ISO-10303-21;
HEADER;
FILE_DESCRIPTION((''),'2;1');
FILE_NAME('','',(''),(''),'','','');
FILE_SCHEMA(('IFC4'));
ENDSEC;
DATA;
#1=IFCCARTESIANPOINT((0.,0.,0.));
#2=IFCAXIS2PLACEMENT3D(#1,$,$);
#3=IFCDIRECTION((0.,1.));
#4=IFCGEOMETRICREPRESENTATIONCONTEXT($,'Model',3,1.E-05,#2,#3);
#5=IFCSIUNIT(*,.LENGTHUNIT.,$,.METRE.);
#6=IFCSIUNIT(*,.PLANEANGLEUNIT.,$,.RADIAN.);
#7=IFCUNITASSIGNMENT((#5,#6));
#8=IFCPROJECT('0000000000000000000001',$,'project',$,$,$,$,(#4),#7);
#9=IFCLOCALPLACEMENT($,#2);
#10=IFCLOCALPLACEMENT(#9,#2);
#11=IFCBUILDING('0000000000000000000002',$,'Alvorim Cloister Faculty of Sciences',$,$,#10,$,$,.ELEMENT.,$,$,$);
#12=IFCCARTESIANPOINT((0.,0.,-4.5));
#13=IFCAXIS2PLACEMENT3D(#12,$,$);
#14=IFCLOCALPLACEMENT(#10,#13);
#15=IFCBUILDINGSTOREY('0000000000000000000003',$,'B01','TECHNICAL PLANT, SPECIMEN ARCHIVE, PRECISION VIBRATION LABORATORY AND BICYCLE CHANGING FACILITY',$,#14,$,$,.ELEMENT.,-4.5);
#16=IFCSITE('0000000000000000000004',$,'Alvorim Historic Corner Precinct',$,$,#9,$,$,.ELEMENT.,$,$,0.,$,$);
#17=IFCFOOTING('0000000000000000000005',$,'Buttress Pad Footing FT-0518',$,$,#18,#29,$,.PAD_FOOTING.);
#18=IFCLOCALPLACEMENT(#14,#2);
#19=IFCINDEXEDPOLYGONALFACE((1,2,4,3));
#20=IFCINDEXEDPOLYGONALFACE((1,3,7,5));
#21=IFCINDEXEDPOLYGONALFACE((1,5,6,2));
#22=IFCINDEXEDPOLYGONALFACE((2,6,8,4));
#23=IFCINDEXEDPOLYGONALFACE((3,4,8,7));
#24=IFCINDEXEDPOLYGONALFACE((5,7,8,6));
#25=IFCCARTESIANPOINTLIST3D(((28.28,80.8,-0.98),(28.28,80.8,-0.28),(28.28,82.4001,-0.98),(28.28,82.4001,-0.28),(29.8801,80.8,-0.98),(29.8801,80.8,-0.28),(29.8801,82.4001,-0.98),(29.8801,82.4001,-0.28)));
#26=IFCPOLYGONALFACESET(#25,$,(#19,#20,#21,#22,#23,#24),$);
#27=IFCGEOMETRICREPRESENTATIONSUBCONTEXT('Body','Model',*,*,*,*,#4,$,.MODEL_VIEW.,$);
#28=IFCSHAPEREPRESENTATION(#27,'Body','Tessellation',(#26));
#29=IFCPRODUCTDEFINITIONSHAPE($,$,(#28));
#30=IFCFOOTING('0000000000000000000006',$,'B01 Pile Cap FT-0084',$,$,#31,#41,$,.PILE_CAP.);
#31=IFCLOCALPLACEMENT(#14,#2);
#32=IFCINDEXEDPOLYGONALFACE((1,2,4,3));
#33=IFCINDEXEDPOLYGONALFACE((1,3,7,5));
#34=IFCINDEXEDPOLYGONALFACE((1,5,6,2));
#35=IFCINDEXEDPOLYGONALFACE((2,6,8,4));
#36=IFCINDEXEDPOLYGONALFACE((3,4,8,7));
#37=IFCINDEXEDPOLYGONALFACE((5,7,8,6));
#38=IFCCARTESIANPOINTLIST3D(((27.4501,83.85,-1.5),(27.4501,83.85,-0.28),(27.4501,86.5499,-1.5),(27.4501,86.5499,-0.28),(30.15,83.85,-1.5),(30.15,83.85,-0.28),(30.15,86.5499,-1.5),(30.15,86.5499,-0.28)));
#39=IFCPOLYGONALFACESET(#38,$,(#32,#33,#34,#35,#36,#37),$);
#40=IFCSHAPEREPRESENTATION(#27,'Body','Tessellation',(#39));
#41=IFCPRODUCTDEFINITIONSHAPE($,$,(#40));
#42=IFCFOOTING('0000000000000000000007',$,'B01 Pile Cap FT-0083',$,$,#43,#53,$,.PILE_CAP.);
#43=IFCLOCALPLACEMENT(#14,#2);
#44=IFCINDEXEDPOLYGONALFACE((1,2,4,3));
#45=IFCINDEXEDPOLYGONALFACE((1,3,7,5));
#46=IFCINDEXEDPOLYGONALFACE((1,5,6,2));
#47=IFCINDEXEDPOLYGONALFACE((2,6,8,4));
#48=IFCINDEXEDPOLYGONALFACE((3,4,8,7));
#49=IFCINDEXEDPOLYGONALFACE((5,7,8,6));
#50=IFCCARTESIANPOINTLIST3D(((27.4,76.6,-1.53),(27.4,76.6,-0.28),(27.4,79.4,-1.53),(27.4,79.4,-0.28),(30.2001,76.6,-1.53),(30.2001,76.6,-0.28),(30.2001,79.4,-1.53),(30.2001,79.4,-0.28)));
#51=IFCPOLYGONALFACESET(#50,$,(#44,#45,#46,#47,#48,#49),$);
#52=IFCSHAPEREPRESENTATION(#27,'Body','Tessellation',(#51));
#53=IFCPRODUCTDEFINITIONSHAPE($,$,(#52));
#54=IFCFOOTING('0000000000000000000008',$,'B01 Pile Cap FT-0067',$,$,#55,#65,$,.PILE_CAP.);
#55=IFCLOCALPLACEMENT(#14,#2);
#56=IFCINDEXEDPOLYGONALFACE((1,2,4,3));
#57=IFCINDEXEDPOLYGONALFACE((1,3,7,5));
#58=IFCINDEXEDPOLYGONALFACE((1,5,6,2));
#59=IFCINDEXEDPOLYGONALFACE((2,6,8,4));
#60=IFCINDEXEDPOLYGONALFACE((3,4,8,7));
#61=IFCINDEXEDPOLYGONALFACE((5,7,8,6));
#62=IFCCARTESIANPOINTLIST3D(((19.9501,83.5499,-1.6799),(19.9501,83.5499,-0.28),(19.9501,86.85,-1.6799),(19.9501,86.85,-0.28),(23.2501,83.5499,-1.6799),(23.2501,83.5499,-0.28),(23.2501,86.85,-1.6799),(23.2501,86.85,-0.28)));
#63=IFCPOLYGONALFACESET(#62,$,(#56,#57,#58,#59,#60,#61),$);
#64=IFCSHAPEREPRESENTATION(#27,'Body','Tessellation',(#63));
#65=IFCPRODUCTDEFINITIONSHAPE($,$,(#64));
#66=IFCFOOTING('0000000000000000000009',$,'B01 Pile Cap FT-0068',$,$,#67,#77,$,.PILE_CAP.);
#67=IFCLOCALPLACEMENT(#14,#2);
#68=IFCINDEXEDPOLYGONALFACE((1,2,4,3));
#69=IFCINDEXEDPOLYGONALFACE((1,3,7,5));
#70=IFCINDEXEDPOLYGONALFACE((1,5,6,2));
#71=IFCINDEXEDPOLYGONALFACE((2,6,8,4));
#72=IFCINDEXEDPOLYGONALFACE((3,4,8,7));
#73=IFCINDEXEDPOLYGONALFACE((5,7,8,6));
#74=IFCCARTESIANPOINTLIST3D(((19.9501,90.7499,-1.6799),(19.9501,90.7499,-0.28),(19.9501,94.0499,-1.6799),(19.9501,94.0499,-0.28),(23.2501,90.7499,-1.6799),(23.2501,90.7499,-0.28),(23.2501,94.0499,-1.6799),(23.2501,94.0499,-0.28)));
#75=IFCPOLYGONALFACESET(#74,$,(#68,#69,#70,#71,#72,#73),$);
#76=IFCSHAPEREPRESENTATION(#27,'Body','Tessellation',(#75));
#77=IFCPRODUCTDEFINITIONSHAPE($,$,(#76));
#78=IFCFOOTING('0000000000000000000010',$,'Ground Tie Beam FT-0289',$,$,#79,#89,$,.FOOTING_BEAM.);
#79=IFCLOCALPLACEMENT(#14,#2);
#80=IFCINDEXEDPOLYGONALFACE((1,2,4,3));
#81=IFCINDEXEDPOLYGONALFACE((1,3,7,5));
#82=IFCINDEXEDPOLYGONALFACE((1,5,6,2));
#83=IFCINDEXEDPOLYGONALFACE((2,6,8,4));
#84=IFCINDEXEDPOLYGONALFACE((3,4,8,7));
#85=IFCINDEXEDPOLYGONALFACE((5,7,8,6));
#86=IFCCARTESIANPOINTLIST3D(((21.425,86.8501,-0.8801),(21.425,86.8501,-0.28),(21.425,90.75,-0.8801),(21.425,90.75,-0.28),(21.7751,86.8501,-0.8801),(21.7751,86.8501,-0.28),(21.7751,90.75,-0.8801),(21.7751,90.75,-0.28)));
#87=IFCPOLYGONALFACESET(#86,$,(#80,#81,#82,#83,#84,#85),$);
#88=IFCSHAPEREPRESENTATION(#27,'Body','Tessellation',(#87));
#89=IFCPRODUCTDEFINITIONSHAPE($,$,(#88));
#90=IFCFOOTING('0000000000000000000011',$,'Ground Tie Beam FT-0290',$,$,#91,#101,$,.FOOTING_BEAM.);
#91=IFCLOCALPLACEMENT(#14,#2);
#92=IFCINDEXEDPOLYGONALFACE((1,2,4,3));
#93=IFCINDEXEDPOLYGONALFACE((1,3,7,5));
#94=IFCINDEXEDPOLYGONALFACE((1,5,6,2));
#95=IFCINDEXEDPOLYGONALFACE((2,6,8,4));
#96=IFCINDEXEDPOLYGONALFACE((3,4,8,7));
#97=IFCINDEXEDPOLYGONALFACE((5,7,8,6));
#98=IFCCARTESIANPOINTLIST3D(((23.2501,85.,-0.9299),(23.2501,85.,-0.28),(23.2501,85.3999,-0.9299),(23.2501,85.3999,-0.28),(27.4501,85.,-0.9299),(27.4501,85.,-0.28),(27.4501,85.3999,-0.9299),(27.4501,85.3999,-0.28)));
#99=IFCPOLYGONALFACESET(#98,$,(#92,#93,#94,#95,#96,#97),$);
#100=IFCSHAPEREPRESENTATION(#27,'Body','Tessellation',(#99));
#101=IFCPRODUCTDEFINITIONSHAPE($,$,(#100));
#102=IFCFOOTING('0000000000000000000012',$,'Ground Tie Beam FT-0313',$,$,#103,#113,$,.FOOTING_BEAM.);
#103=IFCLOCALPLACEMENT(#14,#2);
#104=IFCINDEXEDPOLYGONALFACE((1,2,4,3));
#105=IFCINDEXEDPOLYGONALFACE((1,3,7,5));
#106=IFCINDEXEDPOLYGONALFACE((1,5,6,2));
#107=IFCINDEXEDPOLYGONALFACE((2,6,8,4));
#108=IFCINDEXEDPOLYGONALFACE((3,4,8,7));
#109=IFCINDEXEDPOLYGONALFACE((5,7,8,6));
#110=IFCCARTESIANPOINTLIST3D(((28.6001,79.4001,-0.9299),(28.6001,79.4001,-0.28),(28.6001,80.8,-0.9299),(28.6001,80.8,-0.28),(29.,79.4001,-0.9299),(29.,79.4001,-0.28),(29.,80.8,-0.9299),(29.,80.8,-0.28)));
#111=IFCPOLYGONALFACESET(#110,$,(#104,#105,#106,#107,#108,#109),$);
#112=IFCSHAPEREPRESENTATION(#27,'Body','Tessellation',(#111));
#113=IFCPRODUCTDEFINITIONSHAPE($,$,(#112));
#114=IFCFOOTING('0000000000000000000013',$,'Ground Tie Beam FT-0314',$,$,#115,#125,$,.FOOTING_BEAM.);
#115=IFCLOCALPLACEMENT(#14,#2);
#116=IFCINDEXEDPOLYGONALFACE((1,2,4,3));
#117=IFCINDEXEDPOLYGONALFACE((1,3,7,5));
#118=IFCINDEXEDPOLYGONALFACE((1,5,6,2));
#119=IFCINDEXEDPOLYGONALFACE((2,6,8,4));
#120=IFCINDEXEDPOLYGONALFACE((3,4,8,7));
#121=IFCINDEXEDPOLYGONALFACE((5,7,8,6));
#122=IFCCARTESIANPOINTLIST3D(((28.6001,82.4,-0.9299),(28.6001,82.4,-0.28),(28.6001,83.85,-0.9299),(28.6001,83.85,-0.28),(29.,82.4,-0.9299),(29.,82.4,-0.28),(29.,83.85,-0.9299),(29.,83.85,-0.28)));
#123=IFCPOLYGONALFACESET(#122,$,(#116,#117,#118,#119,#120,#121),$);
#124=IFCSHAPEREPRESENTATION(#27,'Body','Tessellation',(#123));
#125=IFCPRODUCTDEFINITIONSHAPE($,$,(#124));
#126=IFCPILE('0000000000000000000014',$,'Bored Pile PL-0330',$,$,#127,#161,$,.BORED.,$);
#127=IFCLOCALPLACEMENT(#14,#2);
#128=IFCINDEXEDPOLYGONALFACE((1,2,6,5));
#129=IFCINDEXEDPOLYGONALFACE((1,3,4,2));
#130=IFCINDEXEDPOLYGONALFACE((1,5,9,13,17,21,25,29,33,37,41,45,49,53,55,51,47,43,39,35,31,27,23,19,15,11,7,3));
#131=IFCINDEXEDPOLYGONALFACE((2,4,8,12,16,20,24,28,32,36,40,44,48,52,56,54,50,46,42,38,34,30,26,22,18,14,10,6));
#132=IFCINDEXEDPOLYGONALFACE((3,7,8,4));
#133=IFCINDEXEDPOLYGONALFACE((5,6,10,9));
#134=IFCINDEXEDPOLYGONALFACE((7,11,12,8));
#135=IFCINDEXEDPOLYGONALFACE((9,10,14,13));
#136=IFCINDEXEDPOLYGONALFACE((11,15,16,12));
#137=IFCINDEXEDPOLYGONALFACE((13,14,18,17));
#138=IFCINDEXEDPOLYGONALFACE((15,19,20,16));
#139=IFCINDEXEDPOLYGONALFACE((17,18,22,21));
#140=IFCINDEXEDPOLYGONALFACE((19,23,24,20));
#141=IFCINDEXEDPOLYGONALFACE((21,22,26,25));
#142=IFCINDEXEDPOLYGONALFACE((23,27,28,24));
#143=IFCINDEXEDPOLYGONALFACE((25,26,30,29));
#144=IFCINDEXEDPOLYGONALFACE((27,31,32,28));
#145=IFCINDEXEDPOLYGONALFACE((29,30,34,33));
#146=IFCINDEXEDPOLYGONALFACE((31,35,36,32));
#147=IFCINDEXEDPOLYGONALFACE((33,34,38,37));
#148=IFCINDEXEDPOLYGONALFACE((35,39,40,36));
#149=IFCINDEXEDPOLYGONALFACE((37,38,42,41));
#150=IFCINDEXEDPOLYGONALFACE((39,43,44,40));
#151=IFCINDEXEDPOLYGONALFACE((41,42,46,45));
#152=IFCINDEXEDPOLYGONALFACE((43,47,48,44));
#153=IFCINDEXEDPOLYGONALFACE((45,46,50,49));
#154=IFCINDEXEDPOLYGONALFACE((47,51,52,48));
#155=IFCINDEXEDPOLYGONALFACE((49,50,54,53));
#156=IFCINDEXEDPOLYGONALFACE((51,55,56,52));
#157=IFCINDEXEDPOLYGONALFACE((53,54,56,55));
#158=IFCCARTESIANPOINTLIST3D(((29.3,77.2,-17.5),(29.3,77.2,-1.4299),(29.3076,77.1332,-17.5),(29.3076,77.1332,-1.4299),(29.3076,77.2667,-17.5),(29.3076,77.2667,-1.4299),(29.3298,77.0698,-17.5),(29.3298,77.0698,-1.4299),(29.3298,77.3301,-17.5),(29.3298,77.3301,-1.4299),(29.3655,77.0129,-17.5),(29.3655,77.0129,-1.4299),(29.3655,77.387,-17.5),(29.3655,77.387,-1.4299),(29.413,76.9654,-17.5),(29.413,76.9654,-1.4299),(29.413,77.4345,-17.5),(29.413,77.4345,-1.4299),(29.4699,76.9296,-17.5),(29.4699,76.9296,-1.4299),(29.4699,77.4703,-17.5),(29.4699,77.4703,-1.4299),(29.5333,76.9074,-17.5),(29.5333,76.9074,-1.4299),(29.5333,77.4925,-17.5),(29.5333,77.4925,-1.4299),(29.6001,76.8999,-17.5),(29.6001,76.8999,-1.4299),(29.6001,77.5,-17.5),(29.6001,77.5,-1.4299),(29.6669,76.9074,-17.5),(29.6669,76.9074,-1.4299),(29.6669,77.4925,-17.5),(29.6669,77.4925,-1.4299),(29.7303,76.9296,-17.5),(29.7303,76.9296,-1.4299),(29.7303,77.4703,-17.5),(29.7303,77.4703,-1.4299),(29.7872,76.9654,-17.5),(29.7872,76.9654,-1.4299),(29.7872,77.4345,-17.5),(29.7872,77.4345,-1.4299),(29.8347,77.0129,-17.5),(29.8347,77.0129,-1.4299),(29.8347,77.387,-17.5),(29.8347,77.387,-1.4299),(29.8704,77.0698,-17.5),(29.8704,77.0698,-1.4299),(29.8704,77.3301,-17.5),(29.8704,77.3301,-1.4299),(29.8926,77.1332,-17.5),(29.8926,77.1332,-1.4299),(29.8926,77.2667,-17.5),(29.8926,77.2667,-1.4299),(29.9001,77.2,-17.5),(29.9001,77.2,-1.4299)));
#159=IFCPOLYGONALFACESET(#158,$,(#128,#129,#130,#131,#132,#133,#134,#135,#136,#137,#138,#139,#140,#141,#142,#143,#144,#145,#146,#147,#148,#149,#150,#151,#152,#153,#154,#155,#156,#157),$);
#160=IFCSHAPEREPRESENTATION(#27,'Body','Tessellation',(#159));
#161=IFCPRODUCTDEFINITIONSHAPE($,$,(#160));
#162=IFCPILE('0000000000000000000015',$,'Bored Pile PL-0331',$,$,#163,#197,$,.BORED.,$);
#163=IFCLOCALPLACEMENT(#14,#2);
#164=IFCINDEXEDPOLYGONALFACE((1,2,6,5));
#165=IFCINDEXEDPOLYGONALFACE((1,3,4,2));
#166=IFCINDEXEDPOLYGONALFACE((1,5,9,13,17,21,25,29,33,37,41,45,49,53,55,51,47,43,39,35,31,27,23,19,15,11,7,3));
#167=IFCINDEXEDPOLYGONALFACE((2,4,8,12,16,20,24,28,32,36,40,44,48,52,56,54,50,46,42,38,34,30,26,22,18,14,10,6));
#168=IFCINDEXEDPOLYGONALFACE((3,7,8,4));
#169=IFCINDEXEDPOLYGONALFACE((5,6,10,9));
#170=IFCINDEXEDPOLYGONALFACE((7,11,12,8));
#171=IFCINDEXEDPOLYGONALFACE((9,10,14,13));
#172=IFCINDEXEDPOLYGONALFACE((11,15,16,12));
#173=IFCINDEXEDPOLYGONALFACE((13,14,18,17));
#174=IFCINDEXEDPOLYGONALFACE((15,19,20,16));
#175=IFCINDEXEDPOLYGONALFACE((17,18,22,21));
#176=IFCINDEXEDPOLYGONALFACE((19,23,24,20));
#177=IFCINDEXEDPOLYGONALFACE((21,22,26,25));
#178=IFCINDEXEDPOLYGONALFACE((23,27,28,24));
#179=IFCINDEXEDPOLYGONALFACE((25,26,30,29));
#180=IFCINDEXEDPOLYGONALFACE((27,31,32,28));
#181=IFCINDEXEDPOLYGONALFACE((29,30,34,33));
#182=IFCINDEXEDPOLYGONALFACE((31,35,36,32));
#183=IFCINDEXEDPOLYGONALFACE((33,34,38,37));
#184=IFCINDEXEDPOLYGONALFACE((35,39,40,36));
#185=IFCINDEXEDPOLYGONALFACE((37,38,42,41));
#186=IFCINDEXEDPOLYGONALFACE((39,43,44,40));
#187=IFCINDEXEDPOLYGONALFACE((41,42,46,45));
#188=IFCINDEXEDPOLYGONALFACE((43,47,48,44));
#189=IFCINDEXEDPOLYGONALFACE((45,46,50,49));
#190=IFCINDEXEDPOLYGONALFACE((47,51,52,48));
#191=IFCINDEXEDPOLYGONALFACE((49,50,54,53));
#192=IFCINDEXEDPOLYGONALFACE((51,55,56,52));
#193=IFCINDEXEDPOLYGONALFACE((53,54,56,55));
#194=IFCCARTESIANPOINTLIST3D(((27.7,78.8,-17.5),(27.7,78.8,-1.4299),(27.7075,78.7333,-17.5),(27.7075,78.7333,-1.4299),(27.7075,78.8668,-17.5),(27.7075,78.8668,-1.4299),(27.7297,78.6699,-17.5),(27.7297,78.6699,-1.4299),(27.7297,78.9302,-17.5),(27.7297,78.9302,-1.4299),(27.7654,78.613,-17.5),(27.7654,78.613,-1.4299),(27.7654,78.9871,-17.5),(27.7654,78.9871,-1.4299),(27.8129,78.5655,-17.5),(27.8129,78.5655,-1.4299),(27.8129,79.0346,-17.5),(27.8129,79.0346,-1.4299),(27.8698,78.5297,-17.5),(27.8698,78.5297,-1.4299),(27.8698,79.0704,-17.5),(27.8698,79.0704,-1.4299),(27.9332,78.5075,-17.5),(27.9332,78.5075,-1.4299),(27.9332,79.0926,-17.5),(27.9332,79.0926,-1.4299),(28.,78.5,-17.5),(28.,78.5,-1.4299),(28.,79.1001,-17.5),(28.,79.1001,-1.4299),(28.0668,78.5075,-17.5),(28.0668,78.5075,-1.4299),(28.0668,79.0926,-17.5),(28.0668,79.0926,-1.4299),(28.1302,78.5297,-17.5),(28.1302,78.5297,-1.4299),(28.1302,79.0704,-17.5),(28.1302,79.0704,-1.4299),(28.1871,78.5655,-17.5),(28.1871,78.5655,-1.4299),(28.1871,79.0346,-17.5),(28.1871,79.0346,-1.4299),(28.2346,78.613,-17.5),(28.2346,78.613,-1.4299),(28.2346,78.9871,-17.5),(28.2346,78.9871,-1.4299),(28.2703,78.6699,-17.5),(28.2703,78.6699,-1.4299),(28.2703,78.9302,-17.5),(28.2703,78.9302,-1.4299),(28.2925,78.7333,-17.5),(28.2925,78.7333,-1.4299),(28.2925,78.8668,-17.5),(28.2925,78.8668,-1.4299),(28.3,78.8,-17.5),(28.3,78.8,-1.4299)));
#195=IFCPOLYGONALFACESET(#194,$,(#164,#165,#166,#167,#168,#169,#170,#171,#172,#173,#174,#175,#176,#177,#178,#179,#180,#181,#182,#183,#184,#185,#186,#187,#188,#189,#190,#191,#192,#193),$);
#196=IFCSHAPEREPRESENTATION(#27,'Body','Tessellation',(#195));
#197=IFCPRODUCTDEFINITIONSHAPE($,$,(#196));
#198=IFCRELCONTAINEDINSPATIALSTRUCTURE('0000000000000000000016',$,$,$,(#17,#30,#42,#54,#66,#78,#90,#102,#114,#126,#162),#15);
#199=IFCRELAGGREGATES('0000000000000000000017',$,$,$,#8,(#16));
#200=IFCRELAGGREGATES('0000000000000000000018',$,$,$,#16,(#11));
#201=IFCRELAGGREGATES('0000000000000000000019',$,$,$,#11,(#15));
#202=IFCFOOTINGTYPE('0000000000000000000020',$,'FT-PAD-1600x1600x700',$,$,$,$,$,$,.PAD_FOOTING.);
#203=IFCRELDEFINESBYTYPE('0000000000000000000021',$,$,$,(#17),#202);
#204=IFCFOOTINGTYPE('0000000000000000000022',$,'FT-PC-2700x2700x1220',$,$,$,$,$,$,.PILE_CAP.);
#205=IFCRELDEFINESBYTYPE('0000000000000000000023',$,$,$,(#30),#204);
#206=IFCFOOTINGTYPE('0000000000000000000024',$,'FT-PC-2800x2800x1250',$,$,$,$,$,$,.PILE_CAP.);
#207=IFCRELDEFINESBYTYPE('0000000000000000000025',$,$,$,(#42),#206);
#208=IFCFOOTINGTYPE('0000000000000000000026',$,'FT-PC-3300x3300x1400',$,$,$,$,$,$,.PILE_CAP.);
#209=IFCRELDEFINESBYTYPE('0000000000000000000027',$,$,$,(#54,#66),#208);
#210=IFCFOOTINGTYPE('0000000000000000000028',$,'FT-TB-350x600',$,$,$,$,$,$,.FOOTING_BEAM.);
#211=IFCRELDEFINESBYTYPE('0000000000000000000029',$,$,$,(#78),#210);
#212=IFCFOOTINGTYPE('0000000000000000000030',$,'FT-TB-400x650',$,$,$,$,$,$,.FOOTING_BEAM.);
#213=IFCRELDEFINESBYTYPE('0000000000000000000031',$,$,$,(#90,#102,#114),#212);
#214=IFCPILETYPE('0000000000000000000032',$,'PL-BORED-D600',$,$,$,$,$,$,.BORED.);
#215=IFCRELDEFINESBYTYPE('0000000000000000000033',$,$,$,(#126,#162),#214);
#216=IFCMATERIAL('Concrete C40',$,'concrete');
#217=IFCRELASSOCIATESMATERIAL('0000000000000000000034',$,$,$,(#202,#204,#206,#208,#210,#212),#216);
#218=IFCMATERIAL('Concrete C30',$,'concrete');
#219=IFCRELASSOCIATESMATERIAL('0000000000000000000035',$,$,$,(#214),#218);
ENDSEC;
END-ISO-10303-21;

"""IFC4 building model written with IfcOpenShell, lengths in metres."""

from ifc_helpers import new_model, si_unit, direction, frame, origin, origin_2d, place, context, subcontext, project, spatial, rectangle, circle, extrude, material, material_profile, profile_set, type_object, element, save


model = new_model("IFC4")

# Units and contexts
model_context = context("Model", 3, precision=1e-05, world=origin(), true_north=direction((0.0, 1.0)))
body_context = subcontext(model_context, "Body", "Model", "MODEL_VIEW")
ifc_project = project(units=[si_unit("LENGTHUNIT", "METRE"), si_unit("PLANEANGLEUNIT", "RADIAN")], contexts=[model_context])

# Site, building, storey
site_placement = place(None, origin())
site = spatial("IfcSite", under=ifc_project, at=site_placement, Name="Alvorim Historic Corner Precinct", CompositionType="ELEMENT", RefElevation=0.0)
building_placement = place(site_placement, origin())
building = spatial("IfcBuilding", under=site, at=building_placement, Name="Alvorim Cloister Faculty of Sciences", CompositionType="ELEMENT")
storey_placement = place(building_placement, frame((0.0, 0.0, -4.5)))
storey = spatial("IfcBuildingStorey", under=building, at=storey_placement, Name="B01", Description="TECHNICAL PLANT, SPECIMEN ARCHIVE, PRECISION VIBRATION LABORATORY AND BICYCLE CHANGING FACILITY", CompositionType="ELEMENT", Elevation=-4.5)

# Footings
ifc_material_1 = material(Name="Concrete C40", Category="concrete")
footing_type_1 = type_object("IfcFootingType", Name="FT-PAD-1600x1600x700", PredefinedType="PAD_FOOTING", material=ifc_material_1)
footing_1_placement = place(storey_placement, frame((29.0801, 81.6001, -0.98), z_axis=(0.0, 0.0, 1.0), x_axis=(1.0, 0.0, 0.0)))
element("IfcFooting", 1, at=footing_1_placement, inside=storey, type_object=footing_type_1, Name="Buttress Pad Footing FT-0518", PredefinedType="PAD_FOOTING", context=body_context, shape_type="SweptSolid", body=[
    extrude(rectangle(XDim=1.6001, YDim=1.6001, at=origin_2d()), origin(), (0.0, 0.0, 1.0), 0.7),
])
footing_type_2 = type_object("IfcFootingType", Name="FT-PC-2700x2700x1220", PredefinedType="PILE_CAP", material=ifc_material_1)
footing_2_placement = place(storey_placement, frame((28.8, 85.2, -1.5), z_axis=(0.0, 0.0, 1.0), x_axis=(1.0, 0.0, 0.0)))
element("IfcFooting", 2, at=footing_2_placement, inside=storey, type_object=footing_type_2, Name="B01 Pile Cap FT-0084", PredefinedType="PILE_CAP", context=body_context, shape_type="SweptSolid", body=[
    extrude(rectangle(XDim=2.7, YDim=2.7, at=origin_2d()), origin(), (0.0, 0.0, 1.0), 1.22),
])
footing_type_3 = type_object("IfcFootingType", Name="FT-PC-2800x2800x1250", PredefinedType="PILE_CAP", material=ifc_material_1)
footing_3_placement = place(storey_placement, frame((28.8, 78.0, -1.53), z_axis=(0.0, 0.0, 1.0), x_axis=(1.0, 0.0, 0.0)))
element("IfcFooting", 3, at=footing_3_placement, inside=storey, type_object=footing_type_3, Name="B01 Pile Cap FT-0083", PredefinedType="PILE_CAP", context=body_context, shape_type="SweptSolid", body=[
    extrude(rectangle(XDim=2.8, YDim=2.8, at=origin_2d()), origin(), (0.0, 0.0, 1.0), 1.25),
])
footing_type_4 = type_object("IfcFootingType", Name="FT-PC-3300x3300x1400", PredefinedType="PILE_CAP", material=ifc_material_1)
for number, where, z_axis, x_axis, name in (
    (4, (21.6001, 85.2, -1.6799), (0.0, 0.0, 1.0), (1.0, 0.0, 0.0), "B01 Pile Cap FT-0067"),
    (5, (21.6001, 92.3999, -1.6799), (0.0, 0.0, 1.0), (1.0, 0.0, 0.0), "B01 Pile Cap FT-0068"),
):
    element("IfcFooting", number, at=place(storey_placement, frame(where, z_axis=z_axis, x_axis=x_axis)), inside=storey, type_object=footing_type_4, Name=name, PredefinedType="PILE_CAP", context=body_context, shape_type="SweptSolid", body=[
        extrude(rectangle(XDim=3.3, YDim=3.3, at=origin_2d()), origin(), (0.0, 0.0, 1.0), 1.3999),
    ])
footing_type_5 = type_object("IfcFootingType", Name="FT-TB-350x600", PredefinedType="FOOTING_BEAM", material=ifc_material_1)
footing_4_placement = place(storey_placement, frame((21.6001, 88.8, -0.8801), z_axis=(0.0, 0.0, 1.0), x_axis=(1.0, 0.0, 0.0)))
element("IfcFooting", 6, at=footing_4_placement, inside=storey, type_object=footing_type_5, Name="Ground Tie Beam FT-0289", PredefinedType="FOOTING_BEAM", context=body_context, shape_type="SweptSolid", body=[
    extrude(rectangle(XDim=0.3501, YDim=3.8999, at=origin_2d()), origin(), (0.0, 0.0, 1.0), 0.6001),
])
footing_type_6 = type_object("IfcFootingType", Name="FT-TB-400x650", PredefinedType="FOOTING_BEAM", material=ifc_material_1)
footing_5_placement = place(storey_placement, frame((25.3501, 85.2, -0.9299), z_axis=(0.0, 0.0, 1.0), x_axis=(1.0, 0.0, 0.0)))
element("IfcFooting", 7, at=footing_5_placement, inside=storey, type_object=footing_type_6, Name="Ground Tie Beam FT-0290", PredefinedType="FOOTING_BEAM", context=body_context, shape_type="SweptSolid", body=[
    extrude(rectangle(XDim=4.2, YDim=0.3999, at=origin_2d()), origin(), (0.0, 0.0, 1.0), 0.6499),
])
footing_6_placement = place(storey_placement, frame((28.8, 80.1001, -0.9299), z_axis=(0.0, 0.0, 1.0), x_axis=(1.0, 0.0, 0.0)))
element("IfcFooting", 8, at=footing_6_placement, inside=storey, type_object=footing_type_6, Name="Ground Tie Beam FT-0313", PredefinedType="FOOTING_BEAM", context=body_context, shape_type="SweptSolid", body=[
    extrude(rectangle(XDim=0.3999, YDim=1.3999, at=origin_2d()), origin(), (0.0, 0.0, 1.0), 0.6499),
])
footing_7_placement = place(storey_placement, frame((28.8, 83.125, -0.9299), z_axis=(0.0, 0.0, 1.0), x_axis=(1.0, 0.0, 0.0)))
element("IfcFooting", 9, at=footing_7_placement, inside=storey, type_object=footing_type_6, Name="Ground Tie Beam FT-0314", PredefinedType="FOOTING_BEAM", context=body_context, shape_type="SweptSolid", body=[
    extrude(rectangle(XDim=0.3999, YDim=1.45, at=origin_2d()), origin(), (0.0, 0.0, 1.0), 0.6499),
])

# Piles
ifc_material_2 = material(Name="Concrete C30", Category="concrete")
ifc_material_profile_1 = material_profile(ifc_material_2, circle(Radius=0.3, at=origin_2d()), Name="PILE-D600")
ifc_profile_set_1 = profile_set([ifc_material_profile_1], Name="Concrete C30")
pile_type_1 = type_object("IfcPileType", Name="PL-BORED-D600", PredefinedType="BORED", material=ifc_profile_set_1)
for number, where, z_axis, x_axis, name in (
    (10, (29.6001, 77.2, -1.4299), (0.0, 0.0, -1.0), (1.0, 0.0, 0.0), "Bored Pile PL-0330"),
    (11, (28.0, 78.8, -1.4299), (0.0, 0.0, -1.0), (1.0, 0.0, 0.0), "Bored Pile PL-0331"),
):
    element("IfcPile", number, at=place(storey_placement, frame(where, z_axis=z_axis, x_axis=x_axis)), inside=storey, type_object=pile_type_1, Name=name, PredefinedType="BORED", context=body_context, shape_type="SweptSolid", body=[
        extrude(circle(Radius=0.3, at=origin_2d()), origin(), (0.0, 0.0, 1.0), 16.0701),
    ])

save(model, "model.ifc")
